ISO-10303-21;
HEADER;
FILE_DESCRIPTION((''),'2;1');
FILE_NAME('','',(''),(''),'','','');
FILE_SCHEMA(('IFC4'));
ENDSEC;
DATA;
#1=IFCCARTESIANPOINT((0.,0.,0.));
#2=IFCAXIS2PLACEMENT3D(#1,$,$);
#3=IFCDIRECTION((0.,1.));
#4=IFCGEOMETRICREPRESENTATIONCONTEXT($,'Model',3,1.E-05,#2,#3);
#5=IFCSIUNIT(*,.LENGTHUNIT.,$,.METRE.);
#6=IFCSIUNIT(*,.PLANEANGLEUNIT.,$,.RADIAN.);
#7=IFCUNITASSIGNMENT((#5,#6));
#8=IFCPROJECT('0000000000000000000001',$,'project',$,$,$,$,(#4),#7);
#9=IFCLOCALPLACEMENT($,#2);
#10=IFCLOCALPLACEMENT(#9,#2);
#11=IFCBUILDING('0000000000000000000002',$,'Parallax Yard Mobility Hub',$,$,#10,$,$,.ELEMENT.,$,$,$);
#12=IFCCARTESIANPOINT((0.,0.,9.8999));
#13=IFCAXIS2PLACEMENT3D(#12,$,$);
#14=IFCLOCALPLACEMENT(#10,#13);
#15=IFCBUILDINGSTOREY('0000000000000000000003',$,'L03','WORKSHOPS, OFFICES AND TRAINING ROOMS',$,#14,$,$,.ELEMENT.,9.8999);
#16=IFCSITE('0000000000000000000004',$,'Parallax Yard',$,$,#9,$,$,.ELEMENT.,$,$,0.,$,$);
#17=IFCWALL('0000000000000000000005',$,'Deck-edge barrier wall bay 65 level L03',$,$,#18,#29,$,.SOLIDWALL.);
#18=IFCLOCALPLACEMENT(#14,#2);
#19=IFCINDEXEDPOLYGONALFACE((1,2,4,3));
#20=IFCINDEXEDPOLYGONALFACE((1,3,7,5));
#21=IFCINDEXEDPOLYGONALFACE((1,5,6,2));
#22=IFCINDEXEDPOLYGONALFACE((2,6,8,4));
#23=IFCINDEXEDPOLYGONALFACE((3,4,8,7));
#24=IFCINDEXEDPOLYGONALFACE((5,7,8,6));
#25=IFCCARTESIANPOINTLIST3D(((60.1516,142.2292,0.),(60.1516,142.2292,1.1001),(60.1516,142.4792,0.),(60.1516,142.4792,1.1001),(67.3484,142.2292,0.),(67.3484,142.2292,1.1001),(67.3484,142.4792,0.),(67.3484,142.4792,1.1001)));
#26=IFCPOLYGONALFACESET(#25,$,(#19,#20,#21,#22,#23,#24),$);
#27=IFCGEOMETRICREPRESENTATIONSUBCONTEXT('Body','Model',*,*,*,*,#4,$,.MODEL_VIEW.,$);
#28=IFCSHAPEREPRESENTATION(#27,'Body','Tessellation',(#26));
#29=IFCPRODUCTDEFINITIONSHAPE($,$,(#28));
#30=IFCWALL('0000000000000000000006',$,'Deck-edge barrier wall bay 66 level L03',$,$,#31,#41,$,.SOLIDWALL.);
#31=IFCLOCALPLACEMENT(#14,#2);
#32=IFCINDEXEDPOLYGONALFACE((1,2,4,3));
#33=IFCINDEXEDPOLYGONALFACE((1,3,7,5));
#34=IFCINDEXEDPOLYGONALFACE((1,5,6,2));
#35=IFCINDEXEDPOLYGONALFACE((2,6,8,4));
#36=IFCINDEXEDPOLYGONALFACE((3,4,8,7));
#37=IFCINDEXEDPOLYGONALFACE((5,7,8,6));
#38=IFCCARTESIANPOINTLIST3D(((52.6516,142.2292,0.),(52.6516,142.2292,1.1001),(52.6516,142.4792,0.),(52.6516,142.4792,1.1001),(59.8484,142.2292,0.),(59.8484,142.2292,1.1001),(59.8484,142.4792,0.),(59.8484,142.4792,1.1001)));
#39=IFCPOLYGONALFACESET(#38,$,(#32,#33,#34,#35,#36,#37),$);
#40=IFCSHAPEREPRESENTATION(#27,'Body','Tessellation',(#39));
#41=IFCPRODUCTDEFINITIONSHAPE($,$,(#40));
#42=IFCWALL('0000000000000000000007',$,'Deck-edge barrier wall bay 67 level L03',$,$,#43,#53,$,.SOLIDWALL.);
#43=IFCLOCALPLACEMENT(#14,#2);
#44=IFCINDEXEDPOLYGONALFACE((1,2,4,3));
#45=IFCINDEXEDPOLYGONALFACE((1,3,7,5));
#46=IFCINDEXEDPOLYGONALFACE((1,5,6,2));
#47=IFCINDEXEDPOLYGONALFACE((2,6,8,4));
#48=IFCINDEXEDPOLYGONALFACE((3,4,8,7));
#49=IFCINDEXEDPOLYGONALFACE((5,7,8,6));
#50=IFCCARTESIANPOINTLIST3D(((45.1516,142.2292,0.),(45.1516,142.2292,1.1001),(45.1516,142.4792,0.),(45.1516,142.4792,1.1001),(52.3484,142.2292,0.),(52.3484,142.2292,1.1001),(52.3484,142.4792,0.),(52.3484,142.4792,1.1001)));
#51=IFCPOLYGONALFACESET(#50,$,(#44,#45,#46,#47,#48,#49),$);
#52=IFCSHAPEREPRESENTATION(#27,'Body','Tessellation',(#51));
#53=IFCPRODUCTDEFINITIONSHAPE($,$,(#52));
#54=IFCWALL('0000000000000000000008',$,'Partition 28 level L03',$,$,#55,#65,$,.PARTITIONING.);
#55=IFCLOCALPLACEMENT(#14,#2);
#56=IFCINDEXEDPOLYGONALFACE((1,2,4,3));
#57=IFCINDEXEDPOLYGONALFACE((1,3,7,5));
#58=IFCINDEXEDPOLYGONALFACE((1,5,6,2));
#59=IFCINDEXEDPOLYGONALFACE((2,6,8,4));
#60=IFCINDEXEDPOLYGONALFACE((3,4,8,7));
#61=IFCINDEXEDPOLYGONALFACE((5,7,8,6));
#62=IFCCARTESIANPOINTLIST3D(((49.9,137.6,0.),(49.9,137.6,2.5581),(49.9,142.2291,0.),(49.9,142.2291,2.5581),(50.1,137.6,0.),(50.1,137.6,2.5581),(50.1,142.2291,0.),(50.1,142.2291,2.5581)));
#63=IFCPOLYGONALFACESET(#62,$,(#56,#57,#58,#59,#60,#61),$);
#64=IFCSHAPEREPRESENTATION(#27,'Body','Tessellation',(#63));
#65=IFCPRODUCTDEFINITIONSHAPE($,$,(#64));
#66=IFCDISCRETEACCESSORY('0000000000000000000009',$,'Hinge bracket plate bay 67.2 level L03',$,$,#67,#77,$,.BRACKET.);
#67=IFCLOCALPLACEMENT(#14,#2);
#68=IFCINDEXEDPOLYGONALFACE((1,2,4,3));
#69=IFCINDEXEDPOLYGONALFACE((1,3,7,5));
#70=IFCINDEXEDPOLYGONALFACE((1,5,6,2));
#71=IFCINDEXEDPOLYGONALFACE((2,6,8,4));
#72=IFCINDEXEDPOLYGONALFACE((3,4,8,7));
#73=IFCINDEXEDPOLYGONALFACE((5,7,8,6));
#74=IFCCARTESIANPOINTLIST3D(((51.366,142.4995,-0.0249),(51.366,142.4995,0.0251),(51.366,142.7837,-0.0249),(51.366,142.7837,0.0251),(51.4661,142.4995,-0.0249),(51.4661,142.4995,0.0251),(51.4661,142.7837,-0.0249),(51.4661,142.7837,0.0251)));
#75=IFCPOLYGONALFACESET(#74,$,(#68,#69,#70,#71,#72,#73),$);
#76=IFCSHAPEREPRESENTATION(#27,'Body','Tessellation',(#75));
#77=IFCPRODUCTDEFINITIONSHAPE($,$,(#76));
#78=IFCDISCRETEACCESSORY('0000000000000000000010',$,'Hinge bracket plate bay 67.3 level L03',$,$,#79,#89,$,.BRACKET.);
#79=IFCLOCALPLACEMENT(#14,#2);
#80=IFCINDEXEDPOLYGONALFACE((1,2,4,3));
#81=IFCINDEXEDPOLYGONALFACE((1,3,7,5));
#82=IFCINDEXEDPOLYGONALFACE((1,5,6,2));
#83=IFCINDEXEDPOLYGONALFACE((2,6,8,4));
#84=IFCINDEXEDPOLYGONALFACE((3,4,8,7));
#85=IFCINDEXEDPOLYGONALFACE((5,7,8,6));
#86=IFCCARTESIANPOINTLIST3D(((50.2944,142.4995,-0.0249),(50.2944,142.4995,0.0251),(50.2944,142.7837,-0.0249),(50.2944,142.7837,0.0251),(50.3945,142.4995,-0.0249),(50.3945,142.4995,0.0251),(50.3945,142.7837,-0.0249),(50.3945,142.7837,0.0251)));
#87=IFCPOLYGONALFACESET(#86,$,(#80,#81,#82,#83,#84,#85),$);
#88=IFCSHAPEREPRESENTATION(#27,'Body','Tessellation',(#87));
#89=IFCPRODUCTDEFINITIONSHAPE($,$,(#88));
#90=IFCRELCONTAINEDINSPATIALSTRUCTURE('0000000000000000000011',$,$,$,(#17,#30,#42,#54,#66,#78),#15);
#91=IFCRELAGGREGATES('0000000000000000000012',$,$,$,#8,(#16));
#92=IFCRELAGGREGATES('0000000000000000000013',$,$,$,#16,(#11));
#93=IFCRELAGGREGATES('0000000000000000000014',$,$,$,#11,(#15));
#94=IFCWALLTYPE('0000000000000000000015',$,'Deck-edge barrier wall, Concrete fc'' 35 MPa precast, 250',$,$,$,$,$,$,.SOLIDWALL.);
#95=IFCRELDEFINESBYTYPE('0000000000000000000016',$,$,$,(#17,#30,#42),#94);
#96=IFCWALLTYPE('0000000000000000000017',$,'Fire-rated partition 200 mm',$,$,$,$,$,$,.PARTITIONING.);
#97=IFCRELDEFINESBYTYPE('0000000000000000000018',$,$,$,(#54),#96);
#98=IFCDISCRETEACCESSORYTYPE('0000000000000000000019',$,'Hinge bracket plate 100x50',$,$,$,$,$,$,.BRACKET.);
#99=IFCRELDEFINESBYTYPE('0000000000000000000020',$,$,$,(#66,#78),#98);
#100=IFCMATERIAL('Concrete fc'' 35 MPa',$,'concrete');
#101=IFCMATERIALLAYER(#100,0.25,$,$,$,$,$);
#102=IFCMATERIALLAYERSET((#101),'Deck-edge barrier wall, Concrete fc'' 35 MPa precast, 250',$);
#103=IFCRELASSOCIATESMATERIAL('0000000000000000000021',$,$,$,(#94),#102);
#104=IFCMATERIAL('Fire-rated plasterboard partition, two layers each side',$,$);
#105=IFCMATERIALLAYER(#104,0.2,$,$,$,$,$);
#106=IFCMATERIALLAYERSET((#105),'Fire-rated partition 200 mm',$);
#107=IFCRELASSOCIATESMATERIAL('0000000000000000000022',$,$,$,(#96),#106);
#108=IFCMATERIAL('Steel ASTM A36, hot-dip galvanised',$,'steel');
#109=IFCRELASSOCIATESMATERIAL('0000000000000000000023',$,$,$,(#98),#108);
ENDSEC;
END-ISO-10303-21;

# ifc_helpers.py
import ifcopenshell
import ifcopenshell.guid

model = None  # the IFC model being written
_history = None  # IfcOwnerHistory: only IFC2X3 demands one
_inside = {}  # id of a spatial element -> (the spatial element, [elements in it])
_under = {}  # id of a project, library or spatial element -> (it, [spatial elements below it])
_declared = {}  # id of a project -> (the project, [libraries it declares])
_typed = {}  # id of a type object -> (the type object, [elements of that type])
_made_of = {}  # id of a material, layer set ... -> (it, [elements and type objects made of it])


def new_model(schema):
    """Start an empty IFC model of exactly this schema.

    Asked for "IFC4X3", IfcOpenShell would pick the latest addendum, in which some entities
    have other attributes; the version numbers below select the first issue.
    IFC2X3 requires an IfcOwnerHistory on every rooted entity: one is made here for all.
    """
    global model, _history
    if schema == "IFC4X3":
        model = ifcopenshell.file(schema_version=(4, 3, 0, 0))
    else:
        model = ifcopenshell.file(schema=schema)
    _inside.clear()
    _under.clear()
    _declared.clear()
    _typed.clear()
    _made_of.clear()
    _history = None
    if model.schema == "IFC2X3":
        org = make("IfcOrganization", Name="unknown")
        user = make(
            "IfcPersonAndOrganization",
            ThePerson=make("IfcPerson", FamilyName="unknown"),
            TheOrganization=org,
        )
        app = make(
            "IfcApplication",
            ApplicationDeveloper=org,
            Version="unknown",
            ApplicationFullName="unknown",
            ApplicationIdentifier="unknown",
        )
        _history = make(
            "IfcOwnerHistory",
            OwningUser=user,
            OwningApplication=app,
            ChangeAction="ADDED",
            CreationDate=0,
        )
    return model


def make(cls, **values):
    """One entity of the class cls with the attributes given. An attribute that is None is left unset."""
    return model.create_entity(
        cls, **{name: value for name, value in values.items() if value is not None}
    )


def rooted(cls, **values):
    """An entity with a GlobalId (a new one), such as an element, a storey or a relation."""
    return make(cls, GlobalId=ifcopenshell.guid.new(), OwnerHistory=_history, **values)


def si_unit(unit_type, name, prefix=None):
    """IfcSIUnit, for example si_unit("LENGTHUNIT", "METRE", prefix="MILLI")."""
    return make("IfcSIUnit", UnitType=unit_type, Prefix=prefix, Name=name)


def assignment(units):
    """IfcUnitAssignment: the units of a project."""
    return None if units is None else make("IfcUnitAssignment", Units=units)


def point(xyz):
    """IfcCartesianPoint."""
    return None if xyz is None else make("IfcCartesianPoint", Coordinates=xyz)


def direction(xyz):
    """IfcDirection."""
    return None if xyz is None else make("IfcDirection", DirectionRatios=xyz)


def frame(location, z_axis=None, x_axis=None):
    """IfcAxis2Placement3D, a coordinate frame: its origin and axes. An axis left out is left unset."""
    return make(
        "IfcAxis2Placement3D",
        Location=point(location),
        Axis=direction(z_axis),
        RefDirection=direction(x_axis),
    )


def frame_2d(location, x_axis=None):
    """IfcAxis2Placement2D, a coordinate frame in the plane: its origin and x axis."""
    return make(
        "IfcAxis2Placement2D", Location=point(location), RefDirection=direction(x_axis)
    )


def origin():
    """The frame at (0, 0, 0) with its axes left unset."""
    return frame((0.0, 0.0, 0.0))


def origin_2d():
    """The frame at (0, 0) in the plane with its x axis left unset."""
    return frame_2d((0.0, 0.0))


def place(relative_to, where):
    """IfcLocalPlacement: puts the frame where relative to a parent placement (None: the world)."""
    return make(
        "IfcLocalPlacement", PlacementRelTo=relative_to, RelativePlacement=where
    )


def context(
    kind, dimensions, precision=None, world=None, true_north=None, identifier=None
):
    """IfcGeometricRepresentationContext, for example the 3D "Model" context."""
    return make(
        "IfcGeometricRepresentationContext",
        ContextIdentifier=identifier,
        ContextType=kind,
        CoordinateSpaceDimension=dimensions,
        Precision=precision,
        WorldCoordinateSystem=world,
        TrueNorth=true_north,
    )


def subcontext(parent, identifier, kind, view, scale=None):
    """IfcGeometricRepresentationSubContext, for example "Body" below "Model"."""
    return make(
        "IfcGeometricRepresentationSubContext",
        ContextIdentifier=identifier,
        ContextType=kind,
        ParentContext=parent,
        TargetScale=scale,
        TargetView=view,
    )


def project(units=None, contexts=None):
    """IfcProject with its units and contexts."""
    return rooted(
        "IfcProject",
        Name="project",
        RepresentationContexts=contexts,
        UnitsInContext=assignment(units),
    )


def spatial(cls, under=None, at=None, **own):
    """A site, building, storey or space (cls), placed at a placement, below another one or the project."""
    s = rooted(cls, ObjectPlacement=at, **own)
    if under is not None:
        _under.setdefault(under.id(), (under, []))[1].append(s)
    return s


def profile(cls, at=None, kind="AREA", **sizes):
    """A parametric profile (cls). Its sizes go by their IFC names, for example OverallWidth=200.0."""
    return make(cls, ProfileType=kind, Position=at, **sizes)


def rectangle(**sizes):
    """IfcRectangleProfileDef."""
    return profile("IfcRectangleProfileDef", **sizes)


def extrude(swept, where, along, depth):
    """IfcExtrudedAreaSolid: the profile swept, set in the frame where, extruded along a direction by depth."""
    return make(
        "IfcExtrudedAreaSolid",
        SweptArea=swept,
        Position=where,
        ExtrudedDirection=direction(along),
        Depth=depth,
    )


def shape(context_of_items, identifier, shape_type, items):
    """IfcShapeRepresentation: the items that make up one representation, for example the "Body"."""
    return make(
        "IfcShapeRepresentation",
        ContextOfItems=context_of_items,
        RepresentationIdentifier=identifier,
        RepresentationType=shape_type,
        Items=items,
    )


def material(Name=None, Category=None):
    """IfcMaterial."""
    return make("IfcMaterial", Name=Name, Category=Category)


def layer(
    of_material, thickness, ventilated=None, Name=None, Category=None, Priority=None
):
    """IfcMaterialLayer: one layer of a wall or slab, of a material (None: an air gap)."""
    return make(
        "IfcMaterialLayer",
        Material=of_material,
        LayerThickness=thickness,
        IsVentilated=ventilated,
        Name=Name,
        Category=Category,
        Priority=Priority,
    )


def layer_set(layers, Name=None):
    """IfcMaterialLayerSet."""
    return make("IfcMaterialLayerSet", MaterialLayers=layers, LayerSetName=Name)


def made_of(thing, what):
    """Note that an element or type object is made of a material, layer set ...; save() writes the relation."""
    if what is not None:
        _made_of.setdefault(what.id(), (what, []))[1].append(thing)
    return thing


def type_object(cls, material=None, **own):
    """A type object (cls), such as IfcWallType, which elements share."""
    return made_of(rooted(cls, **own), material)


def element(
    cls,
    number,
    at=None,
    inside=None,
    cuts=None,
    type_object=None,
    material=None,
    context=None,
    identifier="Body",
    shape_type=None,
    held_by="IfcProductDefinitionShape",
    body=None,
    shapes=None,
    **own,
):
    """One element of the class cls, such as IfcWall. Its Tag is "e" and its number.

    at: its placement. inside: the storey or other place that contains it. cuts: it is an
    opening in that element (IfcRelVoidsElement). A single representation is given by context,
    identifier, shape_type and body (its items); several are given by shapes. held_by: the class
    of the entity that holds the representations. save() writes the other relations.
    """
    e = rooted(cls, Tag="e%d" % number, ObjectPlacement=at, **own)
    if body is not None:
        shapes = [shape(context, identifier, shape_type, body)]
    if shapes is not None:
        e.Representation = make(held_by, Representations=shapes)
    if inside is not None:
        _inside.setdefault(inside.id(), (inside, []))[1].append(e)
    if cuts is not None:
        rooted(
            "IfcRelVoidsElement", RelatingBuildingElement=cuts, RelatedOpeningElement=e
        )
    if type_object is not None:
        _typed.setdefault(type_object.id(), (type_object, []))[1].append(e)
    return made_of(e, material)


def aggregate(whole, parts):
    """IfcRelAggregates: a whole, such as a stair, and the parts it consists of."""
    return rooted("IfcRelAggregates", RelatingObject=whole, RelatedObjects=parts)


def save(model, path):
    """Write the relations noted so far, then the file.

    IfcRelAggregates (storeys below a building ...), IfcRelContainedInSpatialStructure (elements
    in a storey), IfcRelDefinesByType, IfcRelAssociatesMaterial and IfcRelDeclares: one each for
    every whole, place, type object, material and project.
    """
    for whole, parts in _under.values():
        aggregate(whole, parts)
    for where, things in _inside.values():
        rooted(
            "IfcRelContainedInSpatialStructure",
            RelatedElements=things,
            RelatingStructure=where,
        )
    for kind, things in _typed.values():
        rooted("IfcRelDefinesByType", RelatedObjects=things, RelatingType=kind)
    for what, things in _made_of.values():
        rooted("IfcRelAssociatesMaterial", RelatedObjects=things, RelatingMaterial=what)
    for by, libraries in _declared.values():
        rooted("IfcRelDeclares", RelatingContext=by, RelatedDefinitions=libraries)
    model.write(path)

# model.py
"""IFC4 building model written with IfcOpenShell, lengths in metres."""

from ifc_helpers import new_model, si_unit, direction, frame, frame_2d, origin, origin_2d, place, context, subcontext, project, spatial, rectangle, extrude, material, layer, layer_set, type_object, element, save


model = new_model("IFC4")

# Units and contexts
model_context = context("Model", 3, precision=1e-05, world=origin(), true_north=direction((0.0, 1.0)))
body_context = subcontext(model_context, "Body", "Model", "MODEL_VIEW")
ifc_project = project(units=[si_unit("LENGTHUNIT", "METRE"), si_unit("PLANEANGLEUNIT", "RADIAN")], contexts=[model_context])

# Site, building, storey
site_placement = place(None, origin())
site = spatial("IfcSite", under=ifc_project, at=site_placement, Name="Parallax Yard", CompositionType="ELEMENT", RefElevation=0.0)
building_placement = place(site_placement, origin())
building = spatial("IfcBuilding", under=site, at=building_placement, Name="Parallax Yard Mobility Hub", CompositionType="ELEMENT")
storey_placement = place(building_placement, frame((0.0, 0.0, 9.8999)))
storey = spatial("IfcBuildingStorey", under=building, at=storey_placement, Name="L03", Description="WORKSHOPS, OFFICES AND TRAINING ROOMS", CompositionType="ELEMENT", Elevation=9.8999)

# Shared definitions
ifc_material_1 = material(Name="Concrete fc' 35 MPa", Category="concrete")

# Walls
ifc_layer_1 = layer(ifc_material_1, 0.25)
ifc_layer_set_1 = layer_set([ifc_layer_1], Name="Deck-edge barrier wall, Concrete fc' 35 MPa precast, 250")
wall_type_1 = type_object("IfcWallType", Name="Deck-edge barrier wall, Concrete fc' 35 MPa precast, 250", PredefinedType="SOLIDWALL", material=ifc_layer_set_1)
for number, where, z_axis, x_axis, name in (
    (1, (67.3484, 142.3542, 0.0), (0.0, 0.0, 1.0), (-1.0, 0.0, 0.0), "Deck-edge barrier wall bay 65 level L03"),
    (2, (59.8484, 142.3542, 0.0), (0.0, 0.0, 1.0), (-1.0, 0.0, 0.0), "Deck-edge barrier wall bay 66 level L03"),
    (3, (52.3484, 142.3542, 0.0), (0.0, 0.0, 1.0), (-1.0, 0.0, 0.0), "Deck-edge barrier wall bay 67 level L03"),
):
    element("IfcWall", number, at=place(storey_placement, frame(where, z_axis=z_axis, x_axis=x_axis)), inside=storey, type_object=wall_type_1, Name=name, PredefinedType="SOLIDWALL", context=body_context, shape_type="SweptSolid", body=[
        extrude(rectangle(XDim=7.1968, YDim=0.25, at=frame_2d((3.5984, 0.0))), origin(), (0.0, 0.0, 1.0), 1.1001),
    ])
ifc_material_2 = material(Name="Fire-rated plasterboard partition, two layers each side")
ifc_layer_2 = layer(ifc_material_2, 0.2)
ifc_layer_set_2 = layer_set([ifc_layer_2], Name="Fire-rated partition 200 mm")
wall_type_2 = type_object("IfcWallType", Name="Fire-rated partition 200 mm", PredefinedType="PARTITIONING", material=ifc_layer_set_2)
wall_1_placement = place(storey_placement, frame((50.0, 137.6001, 0.0), z_axis=(0.0, 0.0, 1.0), x_axis=(0.0, 1.0, 0.0)))
element("IfcWall", 4, at=wall_1_placement, inside=storey, type_object=wall_type_2, Name="Partition 28 level L03", PredefinedType="PARTITIONING", context=body_context, shape_type="SweptSolid", body=[
    extrude(rectangle(XDim=4.6292, YDim=0.2, at=frame_2d((2.3145, 0.0))), origin(), (0.0, 0.0, 1.0), 2.5581),
])

# Discrete accessories
ifc_material_3 = material(Name="Steel ASTM A36, hot-dip galvanised", Category="steel")
discrete_accessory_type = type_object("IfcDiscreteAccessoryType", Name="Hinge bracket plate 100x50", PredefinedType="BRACKET", material=ifc_material_3)
for number, where, z_axis, x_axis, name in (
    (5, (51.416, 142.6416, -0.0249), (0.0, 0.0, 1.0), (0.0, 1.0, 0.0), "Hinge bracket plate bay 67.2 level L03"),
    (6, (50.3445, 142.6416, -0.0249), (0.0, 0.0, 1.0), (0.0, 1.0, 0.0), "Hinge bracket plate bay 67.3 level L03"),
):
    element("IfcDiscreteAccessory", number, at=place(storey_placement, frame(where, z_axis=z_axis, x_axis=x_axis)), inside=storey, type_object=discrete_accessory_type, Name=name, PredefinedType="BRACKET", context=body_context, shape_type="SweptSolid", body=[
        extrude(rectangle(XDim=0.2842, YDim=0.1001, at=origin_2d()), origin(), (0.0, 0.0, 1.0), 0.05),
    ])

save(model, "model.ifc")
